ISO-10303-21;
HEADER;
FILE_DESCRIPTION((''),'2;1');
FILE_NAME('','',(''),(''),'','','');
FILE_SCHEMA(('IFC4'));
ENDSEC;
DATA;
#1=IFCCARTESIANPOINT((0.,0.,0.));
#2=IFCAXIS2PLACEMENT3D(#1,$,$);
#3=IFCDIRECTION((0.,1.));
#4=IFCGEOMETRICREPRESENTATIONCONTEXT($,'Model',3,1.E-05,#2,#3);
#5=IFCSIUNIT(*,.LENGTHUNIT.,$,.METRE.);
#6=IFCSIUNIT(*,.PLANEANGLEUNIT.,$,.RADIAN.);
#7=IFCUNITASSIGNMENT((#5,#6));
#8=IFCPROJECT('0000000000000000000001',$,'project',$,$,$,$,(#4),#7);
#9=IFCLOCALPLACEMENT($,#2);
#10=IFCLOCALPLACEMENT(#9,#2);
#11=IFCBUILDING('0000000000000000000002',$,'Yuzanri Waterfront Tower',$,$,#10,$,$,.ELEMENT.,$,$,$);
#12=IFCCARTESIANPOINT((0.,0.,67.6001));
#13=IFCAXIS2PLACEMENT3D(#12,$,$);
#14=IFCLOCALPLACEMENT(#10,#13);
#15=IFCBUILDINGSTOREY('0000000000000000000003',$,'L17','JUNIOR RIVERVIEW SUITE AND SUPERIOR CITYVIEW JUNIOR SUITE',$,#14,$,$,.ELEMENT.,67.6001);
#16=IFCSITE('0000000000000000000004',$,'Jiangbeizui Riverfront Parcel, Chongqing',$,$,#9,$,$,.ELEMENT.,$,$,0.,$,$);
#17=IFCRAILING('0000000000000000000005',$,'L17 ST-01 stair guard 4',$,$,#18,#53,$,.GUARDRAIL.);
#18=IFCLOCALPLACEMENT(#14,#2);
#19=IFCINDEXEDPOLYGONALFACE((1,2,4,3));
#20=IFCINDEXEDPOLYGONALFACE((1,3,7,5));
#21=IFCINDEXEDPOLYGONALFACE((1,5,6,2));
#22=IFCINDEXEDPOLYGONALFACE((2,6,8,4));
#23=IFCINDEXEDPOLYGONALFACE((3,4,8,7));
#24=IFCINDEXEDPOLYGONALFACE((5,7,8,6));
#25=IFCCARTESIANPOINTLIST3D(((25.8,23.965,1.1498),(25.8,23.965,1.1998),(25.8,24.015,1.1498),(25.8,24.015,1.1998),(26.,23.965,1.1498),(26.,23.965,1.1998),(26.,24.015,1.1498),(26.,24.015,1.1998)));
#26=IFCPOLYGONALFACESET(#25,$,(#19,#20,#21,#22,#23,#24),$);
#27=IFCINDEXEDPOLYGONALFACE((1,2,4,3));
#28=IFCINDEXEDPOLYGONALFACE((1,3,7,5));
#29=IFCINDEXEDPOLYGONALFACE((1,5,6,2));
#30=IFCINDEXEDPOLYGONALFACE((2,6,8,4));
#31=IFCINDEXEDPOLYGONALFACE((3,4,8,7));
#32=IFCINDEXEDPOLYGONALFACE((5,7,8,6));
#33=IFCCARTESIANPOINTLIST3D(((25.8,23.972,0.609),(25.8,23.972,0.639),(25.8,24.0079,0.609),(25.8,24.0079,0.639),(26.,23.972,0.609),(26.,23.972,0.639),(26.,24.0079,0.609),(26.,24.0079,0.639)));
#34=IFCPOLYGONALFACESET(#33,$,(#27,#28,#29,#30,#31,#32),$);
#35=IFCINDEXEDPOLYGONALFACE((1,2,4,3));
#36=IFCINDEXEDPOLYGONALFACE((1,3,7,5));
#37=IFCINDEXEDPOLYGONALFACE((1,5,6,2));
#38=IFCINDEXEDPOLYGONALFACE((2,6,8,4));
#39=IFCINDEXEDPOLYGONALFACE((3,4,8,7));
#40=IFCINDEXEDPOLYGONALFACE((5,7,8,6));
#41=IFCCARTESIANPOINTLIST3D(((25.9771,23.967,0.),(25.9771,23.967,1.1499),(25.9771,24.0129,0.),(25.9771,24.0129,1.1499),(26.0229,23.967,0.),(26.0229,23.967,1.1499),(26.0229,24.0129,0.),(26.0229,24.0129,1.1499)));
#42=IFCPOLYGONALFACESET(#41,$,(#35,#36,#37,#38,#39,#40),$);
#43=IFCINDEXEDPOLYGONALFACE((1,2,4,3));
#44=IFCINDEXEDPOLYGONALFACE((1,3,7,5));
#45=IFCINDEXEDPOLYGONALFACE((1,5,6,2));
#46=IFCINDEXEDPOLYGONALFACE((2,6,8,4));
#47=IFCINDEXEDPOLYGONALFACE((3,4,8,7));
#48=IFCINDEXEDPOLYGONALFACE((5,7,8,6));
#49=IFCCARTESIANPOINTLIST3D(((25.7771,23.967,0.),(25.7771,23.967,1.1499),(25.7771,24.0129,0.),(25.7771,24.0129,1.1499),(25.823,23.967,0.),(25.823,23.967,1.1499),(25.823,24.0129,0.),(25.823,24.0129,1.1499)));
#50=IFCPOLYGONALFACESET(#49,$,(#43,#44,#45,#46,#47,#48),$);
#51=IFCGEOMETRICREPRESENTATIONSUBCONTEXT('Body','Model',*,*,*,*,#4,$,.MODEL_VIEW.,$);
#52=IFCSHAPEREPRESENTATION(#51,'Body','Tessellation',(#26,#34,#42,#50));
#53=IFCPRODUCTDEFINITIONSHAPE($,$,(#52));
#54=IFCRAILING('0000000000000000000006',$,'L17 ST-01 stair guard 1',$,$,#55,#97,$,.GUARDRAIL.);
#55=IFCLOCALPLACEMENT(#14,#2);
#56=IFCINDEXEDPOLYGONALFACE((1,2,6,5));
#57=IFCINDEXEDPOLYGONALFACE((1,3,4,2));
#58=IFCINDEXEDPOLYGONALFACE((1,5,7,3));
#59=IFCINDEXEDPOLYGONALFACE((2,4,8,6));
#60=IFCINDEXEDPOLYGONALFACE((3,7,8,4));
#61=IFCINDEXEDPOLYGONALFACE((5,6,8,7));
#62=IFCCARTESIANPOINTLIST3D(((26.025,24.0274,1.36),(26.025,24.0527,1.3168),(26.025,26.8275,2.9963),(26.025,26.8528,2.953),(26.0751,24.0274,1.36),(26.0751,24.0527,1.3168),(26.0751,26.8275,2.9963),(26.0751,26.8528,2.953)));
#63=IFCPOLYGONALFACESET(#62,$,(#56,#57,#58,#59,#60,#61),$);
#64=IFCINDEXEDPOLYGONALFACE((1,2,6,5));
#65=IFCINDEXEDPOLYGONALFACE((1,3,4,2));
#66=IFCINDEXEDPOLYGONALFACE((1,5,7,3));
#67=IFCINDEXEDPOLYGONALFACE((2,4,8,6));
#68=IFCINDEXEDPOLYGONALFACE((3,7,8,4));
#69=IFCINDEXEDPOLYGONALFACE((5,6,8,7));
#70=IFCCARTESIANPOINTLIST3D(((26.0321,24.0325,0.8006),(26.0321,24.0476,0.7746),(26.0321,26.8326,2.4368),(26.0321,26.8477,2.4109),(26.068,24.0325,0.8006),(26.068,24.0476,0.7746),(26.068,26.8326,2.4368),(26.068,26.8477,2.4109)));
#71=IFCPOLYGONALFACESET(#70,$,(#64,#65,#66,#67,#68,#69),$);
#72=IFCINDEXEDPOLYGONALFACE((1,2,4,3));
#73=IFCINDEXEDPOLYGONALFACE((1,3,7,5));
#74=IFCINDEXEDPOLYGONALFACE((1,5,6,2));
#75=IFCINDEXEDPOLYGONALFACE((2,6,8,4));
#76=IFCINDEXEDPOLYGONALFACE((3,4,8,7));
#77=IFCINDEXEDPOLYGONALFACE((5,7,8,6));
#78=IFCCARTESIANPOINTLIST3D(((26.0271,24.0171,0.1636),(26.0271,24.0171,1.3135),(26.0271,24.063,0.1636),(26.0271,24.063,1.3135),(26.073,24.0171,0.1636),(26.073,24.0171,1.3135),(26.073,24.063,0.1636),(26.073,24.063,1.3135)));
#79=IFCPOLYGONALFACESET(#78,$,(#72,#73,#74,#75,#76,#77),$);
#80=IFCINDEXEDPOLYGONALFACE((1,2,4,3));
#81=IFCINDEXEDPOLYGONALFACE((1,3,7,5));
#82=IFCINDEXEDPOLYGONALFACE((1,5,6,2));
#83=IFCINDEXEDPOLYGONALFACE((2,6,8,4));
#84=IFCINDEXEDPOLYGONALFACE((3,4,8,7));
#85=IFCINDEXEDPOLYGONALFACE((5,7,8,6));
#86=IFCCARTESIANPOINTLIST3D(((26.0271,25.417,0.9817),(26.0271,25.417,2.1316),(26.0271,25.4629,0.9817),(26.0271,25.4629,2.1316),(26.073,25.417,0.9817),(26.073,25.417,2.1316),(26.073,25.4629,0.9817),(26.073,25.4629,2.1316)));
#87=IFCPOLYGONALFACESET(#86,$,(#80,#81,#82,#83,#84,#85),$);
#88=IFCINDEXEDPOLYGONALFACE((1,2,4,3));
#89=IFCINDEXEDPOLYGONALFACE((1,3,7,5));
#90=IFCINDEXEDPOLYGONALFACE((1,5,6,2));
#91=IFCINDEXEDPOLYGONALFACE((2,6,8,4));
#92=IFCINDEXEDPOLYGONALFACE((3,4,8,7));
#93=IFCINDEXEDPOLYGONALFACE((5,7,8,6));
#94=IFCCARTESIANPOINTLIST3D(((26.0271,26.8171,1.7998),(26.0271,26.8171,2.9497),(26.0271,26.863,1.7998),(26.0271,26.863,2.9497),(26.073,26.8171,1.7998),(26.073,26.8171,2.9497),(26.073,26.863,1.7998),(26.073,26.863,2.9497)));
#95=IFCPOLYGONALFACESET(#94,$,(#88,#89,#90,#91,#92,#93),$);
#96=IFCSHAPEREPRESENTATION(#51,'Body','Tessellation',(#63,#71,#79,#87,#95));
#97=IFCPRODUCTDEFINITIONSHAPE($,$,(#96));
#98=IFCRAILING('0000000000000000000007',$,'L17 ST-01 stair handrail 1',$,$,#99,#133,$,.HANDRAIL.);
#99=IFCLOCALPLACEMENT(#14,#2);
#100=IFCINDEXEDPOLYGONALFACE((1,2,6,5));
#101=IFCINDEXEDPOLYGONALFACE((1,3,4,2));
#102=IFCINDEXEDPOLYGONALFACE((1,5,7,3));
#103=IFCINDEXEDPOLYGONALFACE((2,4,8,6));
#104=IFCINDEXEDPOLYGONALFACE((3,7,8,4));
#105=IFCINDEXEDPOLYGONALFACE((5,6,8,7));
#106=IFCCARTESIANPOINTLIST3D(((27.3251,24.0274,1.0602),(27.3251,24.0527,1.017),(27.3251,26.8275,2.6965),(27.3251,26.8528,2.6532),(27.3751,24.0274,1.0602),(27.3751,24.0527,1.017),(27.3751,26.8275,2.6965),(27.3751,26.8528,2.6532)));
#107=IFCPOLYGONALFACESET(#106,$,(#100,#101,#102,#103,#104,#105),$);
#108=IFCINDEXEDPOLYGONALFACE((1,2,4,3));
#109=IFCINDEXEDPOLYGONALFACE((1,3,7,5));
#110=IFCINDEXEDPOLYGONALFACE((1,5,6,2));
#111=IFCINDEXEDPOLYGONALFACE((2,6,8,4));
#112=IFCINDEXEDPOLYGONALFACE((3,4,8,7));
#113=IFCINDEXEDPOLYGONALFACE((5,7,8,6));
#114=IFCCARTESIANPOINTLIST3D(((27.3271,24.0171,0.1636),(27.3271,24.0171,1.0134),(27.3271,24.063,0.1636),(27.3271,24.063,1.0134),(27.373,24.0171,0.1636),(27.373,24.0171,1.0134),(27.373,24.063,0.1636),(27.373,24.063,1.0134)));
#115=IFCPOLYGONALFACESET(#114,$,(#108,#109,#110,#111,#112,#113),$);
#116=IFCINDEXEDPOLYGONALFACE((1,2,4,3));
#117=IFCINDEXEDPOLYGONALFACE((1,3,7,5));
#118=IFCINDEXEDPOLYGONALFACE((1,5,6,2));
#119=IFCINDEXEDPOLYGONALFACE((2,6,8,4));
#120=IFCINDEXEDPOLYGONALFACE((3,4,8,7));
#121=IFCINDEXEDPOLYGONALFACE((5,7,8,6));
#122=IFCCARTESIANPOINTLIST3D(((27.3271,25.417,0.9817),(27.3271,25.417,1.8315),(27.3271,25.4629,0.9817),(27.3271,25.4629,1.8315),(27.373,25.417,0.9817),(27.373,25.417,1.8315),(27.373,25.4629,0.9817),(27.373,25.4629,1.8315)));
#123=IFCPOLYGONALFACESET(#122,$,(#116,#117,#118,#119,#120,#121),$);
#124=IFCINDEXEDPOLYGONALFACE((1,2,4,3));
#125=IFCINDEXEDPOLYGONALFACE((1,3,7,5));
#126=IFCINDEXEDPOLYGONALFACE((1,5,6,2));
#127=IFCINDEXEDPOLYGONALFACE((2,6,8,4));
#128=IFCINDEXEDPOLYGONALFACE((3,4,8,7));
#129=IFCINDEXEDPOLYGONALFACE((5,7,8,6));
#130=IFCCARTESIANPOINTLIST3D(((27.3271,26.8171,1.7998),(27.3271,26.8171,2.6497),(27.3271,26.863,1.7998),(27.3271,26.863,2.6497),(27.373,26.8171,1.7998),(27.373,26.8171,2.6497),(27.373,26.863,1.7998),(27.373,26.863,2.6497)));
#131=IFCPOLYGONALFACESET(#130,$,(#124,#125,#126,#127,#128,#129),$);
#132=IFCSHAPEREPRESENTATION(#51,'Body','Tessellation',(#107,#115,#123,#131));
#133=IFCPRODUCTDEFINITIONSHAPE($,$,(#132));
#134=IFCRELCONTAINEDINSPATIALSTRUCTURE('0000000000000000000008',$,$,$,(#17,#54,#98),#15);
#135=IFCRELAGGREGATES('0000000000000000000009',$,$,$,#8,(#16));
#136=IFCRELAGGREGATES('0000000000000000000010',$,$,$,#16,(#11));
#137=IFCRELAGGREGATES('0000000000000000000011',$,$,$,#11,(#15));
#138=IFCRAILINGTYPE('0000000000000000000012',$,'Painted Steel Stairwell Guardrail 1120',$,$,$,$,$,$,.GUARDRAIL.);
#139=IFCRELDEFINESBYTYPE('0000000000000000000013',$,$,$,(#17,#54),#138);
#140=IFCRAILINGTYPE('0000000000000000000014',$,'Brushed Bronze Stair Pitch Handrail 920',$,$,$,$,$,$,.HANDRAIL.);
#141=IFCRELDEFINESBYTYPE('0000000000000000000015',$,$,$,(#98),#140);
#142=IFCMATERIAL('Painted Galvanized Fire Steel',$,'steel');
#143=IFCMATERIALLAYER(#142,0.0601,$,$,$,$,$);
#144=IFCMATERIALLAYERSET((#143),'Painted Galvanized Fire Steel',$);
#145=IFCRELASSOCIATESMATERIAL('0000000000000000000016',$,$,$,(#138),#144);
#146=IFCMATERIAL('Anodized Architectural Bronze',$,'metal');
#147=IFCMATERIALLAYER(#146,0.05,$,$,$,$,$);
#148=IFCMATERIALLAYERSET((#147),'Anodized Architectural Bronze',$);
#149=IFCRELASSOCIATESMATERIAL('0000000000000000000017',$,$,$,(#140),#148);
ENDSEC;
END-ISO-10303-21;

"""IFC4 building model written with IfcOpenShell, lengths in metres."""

from ifc_helpers import new_model, si_unit, direction, frame, origin, origin_2d, place, context, subcontext, project, spatial, rectangle, extrude, source, transform, mapped, material, layer, layer_set, type_object, element, save


model = new_model("IFC4")

# Units and contexts
model_context = context("Model", 3, precision=1e-05, world=origin(), true_north=direction((0.0, 1.0)))
body_context = subcontext(model_context, "Body", "Model", "MODEL_VIEW")
ifc_project = project(units=[si_unit("LENGTHUNIT", "METRE"), si_unit("PLANEANGLEUNIT", "RADIAN")], contexts=[model_context])

# Site, building, storey
site_placement = place(None, origin())
site = spatial("IfcSite", under=ifc_project, at=site_placement, Name="Jiangbeizui Riverfront Parcel, Chongqing", CompositionType="ELEMENT", RefElevation=0.0)
building_placement = place(site_placement, origin())
building = spatial("IfcBuilding", under=site, at=building_placement, Name="Yuzanri Waterfront Tower", CompositionType="ELEMENT")
storey_placement = place(building_placement, frame((0.0, 0.0, 67.6001)))
storey = spatial("IfcBuildingStorey", under=building, at=storey_placement, Name="L17", Description="JUNIOR RIVERVIEW SUITE AND SUPERIOR CITYVIEW JUNIOR SUITE", CompositionType="ELEMENT", Elevation=67.6001)

# Railings
ifc_material_1 = material(Name="Painted Galvanized Fire Steel", Category="steel")
ifc_layer_1 = layer(ifc_material_1, 0.0601)
ifc_layer_set_1 = layer_set([ifc_layer_1], Name="Painted Galvanized Fire Steel")
railing_type_1 = type_object("IfcRailingType", Name="Painted Steel Stairwell Guardrail 1120", PredefinedType="GUARDRAIL", material=ifc_layer_set_1)
shared_shape_1 = source(origin(), body_context, "Body", "SweptSolid", [
    extrude(rectangle(XDim=0.05, YDim=0.05, at=origin_2d()), frame((0.0, 0.0, 1.1748), z_axis=(-1.0, 0.0, 0.0), x_axis=(0.0, -1.0, 0.0)), (0.0, 0.0, 1.0), 0.2),
    extrude(rectangle(XDim=0.0359, YDim=0.03, at=origin_2d()), frame((0.0, 0.0, 0.624), z_axis=(-1.0, 0.0, 0.0), x_axis=(0.0, -1.0, 0.0)), (0.0, 0.0, 1.0), 0.2),
    extrude(rectangle(XDim=0.0459, YDim=0.0459, at=origin_2d()), origin(), (0.0, 0.0, 1.0), 1.1499),
    extrude(rectangle(XDim=0.0459, YDim=0.0459, at=origin_2d()), frame((-0.2, 0.0, 0.0)), (0.0, 0.0, 1.0), 1.1499),
])
railing_1_placement = place(storey_placement, frame((26.0, 23.99, 0.0)))
element("IfcRailing", 1, at=railing_1_placement, inside=storey, type_object=railing_type_1, Name="L17 ST-01 stair guard 4", PredefinedType="GUARDRAIL", context=body_context, shape_type="MappedRepresentation", body=[
    mapped(shared_shape_1, transform((0.0, 0.0, 0.0), scale=1.0)),
])
shared_shape_2 = source(origin(), body_context, "Body", "SweptSolid", [
    extrude(rectangle(XDim=0.05, YDim=0.05, at=origin_2d()), frame((0.0, 0.0, 1.1748), z_axis=(0.0, 0.863394, 0.504531), x_axis=(-1.0, 0.0, 0.0)), (0.0, 0.0, 1.0), 3.2432),
    extrude(rectangle(XDim=0.0359, YDim=0.03, at=origin_2d()), frame((0.0, 0.0, 0.624), z_axis=(0.0, 0.863394, 0.504531), x_axis=(-1.0, 0.0, 0.0)), (0.0, 0.0, 1.0), 3.2432),
    extrude(rectangle(XDim=0.0459, YDim=0.0459, at=origin_2d()), origin(), (0.0, 0.0, 1.0), 1.1499),
    extrude(rectangle(XDim=0.0459, YDim=0.0459, at=origin_2d()), frame((0.0, 1.3999, 0.8181)), (0.0, 0.0, 1.0), 1.1499),
    extrude(rectangle(XDim=0.0459, YDim=0.0459, at=origin_2d()), frame((0.0, 2.8, 1.6362)), (0.0, 0.0, 1.0), 1.1499),
])
railing_2_placement = place(storey_placement, frame((26.05, 24.04, 0.1636)))
element("IfcRailing", 2, at=railing_2_placement, inside=storey, type_object=railing_type_1, Name="L17 ST-01 stair guard 1", PredefinedType="GUARDRAIL", context=body_context, shape_type="MappedRepresentation", body=[
    mapped(shared_shape_2, transform((0.0, 0.0, 0.0), scale=1.0)),
])
ifc_material_2 = material(Name="Anodized Architectural Bronze", Category="metal")
ifc_layer_2 = layer(ifc_material_2, 0.05)
ifc_layer_set_2 = layer_set([ifc_layer_2], Name="Anodized Architectural Bronze")
railing_type_2 = type_object("IfcRailingType", Name="Brushed Bronze Stair Pitch Handrail 920", PredefinedType="HANDRAIL", material=ifc_layer_set_2)
shared_shape_3 = source(origin(), body_context, "Body", "SweptSolid", [
    extrude(rectangle(XDim=0.05, YDim=0.05, at=origin_2d()), frame((0.0, 0.0, 0.875), z_axis=(0.0, 0.863394, 0.504531), x_axis=(-1.0, 0.0, 0.0)), (0.0, 0.0, 1.0), 3.2432),
    extrude(rectangle(XDim=0.0459, YDim=0.0459, at=origin_2d()), origin(), (0.0, 0.0, 1.0), 0.8499),
    extrude(rectangle(XDim=0.0459, YDim=0.0459, at=origin_2d()), frame((0.0, 1.3999, 0.8181)), (0.0, 0.0, 1.0), 0.8499),
    extrude(rectangle(XDim=0.0459, YDim=0.0459, at=origin_2d()), frame((0.0, 2.8, 1.6362)), (0.0, 0.0, 1.0), 0.8499),
])
railing_3_placement = place(storey_placement, frame((27.3501, 24.04, 0.1636)))
element("IfcRailing", 3, at=railing_3_placement, inside=storey, type_object=railing_type_2, Name="L17 ST-01 stair handrail 1", PredefinedType="HANDRAIL", context=body_context, shape_type="MappedRepresentation", body=[
    mapped(shared_shape_3, transform((0.0, 0.0, 0.0), scale=1.0)),
])

save(model, "model.ifc")
